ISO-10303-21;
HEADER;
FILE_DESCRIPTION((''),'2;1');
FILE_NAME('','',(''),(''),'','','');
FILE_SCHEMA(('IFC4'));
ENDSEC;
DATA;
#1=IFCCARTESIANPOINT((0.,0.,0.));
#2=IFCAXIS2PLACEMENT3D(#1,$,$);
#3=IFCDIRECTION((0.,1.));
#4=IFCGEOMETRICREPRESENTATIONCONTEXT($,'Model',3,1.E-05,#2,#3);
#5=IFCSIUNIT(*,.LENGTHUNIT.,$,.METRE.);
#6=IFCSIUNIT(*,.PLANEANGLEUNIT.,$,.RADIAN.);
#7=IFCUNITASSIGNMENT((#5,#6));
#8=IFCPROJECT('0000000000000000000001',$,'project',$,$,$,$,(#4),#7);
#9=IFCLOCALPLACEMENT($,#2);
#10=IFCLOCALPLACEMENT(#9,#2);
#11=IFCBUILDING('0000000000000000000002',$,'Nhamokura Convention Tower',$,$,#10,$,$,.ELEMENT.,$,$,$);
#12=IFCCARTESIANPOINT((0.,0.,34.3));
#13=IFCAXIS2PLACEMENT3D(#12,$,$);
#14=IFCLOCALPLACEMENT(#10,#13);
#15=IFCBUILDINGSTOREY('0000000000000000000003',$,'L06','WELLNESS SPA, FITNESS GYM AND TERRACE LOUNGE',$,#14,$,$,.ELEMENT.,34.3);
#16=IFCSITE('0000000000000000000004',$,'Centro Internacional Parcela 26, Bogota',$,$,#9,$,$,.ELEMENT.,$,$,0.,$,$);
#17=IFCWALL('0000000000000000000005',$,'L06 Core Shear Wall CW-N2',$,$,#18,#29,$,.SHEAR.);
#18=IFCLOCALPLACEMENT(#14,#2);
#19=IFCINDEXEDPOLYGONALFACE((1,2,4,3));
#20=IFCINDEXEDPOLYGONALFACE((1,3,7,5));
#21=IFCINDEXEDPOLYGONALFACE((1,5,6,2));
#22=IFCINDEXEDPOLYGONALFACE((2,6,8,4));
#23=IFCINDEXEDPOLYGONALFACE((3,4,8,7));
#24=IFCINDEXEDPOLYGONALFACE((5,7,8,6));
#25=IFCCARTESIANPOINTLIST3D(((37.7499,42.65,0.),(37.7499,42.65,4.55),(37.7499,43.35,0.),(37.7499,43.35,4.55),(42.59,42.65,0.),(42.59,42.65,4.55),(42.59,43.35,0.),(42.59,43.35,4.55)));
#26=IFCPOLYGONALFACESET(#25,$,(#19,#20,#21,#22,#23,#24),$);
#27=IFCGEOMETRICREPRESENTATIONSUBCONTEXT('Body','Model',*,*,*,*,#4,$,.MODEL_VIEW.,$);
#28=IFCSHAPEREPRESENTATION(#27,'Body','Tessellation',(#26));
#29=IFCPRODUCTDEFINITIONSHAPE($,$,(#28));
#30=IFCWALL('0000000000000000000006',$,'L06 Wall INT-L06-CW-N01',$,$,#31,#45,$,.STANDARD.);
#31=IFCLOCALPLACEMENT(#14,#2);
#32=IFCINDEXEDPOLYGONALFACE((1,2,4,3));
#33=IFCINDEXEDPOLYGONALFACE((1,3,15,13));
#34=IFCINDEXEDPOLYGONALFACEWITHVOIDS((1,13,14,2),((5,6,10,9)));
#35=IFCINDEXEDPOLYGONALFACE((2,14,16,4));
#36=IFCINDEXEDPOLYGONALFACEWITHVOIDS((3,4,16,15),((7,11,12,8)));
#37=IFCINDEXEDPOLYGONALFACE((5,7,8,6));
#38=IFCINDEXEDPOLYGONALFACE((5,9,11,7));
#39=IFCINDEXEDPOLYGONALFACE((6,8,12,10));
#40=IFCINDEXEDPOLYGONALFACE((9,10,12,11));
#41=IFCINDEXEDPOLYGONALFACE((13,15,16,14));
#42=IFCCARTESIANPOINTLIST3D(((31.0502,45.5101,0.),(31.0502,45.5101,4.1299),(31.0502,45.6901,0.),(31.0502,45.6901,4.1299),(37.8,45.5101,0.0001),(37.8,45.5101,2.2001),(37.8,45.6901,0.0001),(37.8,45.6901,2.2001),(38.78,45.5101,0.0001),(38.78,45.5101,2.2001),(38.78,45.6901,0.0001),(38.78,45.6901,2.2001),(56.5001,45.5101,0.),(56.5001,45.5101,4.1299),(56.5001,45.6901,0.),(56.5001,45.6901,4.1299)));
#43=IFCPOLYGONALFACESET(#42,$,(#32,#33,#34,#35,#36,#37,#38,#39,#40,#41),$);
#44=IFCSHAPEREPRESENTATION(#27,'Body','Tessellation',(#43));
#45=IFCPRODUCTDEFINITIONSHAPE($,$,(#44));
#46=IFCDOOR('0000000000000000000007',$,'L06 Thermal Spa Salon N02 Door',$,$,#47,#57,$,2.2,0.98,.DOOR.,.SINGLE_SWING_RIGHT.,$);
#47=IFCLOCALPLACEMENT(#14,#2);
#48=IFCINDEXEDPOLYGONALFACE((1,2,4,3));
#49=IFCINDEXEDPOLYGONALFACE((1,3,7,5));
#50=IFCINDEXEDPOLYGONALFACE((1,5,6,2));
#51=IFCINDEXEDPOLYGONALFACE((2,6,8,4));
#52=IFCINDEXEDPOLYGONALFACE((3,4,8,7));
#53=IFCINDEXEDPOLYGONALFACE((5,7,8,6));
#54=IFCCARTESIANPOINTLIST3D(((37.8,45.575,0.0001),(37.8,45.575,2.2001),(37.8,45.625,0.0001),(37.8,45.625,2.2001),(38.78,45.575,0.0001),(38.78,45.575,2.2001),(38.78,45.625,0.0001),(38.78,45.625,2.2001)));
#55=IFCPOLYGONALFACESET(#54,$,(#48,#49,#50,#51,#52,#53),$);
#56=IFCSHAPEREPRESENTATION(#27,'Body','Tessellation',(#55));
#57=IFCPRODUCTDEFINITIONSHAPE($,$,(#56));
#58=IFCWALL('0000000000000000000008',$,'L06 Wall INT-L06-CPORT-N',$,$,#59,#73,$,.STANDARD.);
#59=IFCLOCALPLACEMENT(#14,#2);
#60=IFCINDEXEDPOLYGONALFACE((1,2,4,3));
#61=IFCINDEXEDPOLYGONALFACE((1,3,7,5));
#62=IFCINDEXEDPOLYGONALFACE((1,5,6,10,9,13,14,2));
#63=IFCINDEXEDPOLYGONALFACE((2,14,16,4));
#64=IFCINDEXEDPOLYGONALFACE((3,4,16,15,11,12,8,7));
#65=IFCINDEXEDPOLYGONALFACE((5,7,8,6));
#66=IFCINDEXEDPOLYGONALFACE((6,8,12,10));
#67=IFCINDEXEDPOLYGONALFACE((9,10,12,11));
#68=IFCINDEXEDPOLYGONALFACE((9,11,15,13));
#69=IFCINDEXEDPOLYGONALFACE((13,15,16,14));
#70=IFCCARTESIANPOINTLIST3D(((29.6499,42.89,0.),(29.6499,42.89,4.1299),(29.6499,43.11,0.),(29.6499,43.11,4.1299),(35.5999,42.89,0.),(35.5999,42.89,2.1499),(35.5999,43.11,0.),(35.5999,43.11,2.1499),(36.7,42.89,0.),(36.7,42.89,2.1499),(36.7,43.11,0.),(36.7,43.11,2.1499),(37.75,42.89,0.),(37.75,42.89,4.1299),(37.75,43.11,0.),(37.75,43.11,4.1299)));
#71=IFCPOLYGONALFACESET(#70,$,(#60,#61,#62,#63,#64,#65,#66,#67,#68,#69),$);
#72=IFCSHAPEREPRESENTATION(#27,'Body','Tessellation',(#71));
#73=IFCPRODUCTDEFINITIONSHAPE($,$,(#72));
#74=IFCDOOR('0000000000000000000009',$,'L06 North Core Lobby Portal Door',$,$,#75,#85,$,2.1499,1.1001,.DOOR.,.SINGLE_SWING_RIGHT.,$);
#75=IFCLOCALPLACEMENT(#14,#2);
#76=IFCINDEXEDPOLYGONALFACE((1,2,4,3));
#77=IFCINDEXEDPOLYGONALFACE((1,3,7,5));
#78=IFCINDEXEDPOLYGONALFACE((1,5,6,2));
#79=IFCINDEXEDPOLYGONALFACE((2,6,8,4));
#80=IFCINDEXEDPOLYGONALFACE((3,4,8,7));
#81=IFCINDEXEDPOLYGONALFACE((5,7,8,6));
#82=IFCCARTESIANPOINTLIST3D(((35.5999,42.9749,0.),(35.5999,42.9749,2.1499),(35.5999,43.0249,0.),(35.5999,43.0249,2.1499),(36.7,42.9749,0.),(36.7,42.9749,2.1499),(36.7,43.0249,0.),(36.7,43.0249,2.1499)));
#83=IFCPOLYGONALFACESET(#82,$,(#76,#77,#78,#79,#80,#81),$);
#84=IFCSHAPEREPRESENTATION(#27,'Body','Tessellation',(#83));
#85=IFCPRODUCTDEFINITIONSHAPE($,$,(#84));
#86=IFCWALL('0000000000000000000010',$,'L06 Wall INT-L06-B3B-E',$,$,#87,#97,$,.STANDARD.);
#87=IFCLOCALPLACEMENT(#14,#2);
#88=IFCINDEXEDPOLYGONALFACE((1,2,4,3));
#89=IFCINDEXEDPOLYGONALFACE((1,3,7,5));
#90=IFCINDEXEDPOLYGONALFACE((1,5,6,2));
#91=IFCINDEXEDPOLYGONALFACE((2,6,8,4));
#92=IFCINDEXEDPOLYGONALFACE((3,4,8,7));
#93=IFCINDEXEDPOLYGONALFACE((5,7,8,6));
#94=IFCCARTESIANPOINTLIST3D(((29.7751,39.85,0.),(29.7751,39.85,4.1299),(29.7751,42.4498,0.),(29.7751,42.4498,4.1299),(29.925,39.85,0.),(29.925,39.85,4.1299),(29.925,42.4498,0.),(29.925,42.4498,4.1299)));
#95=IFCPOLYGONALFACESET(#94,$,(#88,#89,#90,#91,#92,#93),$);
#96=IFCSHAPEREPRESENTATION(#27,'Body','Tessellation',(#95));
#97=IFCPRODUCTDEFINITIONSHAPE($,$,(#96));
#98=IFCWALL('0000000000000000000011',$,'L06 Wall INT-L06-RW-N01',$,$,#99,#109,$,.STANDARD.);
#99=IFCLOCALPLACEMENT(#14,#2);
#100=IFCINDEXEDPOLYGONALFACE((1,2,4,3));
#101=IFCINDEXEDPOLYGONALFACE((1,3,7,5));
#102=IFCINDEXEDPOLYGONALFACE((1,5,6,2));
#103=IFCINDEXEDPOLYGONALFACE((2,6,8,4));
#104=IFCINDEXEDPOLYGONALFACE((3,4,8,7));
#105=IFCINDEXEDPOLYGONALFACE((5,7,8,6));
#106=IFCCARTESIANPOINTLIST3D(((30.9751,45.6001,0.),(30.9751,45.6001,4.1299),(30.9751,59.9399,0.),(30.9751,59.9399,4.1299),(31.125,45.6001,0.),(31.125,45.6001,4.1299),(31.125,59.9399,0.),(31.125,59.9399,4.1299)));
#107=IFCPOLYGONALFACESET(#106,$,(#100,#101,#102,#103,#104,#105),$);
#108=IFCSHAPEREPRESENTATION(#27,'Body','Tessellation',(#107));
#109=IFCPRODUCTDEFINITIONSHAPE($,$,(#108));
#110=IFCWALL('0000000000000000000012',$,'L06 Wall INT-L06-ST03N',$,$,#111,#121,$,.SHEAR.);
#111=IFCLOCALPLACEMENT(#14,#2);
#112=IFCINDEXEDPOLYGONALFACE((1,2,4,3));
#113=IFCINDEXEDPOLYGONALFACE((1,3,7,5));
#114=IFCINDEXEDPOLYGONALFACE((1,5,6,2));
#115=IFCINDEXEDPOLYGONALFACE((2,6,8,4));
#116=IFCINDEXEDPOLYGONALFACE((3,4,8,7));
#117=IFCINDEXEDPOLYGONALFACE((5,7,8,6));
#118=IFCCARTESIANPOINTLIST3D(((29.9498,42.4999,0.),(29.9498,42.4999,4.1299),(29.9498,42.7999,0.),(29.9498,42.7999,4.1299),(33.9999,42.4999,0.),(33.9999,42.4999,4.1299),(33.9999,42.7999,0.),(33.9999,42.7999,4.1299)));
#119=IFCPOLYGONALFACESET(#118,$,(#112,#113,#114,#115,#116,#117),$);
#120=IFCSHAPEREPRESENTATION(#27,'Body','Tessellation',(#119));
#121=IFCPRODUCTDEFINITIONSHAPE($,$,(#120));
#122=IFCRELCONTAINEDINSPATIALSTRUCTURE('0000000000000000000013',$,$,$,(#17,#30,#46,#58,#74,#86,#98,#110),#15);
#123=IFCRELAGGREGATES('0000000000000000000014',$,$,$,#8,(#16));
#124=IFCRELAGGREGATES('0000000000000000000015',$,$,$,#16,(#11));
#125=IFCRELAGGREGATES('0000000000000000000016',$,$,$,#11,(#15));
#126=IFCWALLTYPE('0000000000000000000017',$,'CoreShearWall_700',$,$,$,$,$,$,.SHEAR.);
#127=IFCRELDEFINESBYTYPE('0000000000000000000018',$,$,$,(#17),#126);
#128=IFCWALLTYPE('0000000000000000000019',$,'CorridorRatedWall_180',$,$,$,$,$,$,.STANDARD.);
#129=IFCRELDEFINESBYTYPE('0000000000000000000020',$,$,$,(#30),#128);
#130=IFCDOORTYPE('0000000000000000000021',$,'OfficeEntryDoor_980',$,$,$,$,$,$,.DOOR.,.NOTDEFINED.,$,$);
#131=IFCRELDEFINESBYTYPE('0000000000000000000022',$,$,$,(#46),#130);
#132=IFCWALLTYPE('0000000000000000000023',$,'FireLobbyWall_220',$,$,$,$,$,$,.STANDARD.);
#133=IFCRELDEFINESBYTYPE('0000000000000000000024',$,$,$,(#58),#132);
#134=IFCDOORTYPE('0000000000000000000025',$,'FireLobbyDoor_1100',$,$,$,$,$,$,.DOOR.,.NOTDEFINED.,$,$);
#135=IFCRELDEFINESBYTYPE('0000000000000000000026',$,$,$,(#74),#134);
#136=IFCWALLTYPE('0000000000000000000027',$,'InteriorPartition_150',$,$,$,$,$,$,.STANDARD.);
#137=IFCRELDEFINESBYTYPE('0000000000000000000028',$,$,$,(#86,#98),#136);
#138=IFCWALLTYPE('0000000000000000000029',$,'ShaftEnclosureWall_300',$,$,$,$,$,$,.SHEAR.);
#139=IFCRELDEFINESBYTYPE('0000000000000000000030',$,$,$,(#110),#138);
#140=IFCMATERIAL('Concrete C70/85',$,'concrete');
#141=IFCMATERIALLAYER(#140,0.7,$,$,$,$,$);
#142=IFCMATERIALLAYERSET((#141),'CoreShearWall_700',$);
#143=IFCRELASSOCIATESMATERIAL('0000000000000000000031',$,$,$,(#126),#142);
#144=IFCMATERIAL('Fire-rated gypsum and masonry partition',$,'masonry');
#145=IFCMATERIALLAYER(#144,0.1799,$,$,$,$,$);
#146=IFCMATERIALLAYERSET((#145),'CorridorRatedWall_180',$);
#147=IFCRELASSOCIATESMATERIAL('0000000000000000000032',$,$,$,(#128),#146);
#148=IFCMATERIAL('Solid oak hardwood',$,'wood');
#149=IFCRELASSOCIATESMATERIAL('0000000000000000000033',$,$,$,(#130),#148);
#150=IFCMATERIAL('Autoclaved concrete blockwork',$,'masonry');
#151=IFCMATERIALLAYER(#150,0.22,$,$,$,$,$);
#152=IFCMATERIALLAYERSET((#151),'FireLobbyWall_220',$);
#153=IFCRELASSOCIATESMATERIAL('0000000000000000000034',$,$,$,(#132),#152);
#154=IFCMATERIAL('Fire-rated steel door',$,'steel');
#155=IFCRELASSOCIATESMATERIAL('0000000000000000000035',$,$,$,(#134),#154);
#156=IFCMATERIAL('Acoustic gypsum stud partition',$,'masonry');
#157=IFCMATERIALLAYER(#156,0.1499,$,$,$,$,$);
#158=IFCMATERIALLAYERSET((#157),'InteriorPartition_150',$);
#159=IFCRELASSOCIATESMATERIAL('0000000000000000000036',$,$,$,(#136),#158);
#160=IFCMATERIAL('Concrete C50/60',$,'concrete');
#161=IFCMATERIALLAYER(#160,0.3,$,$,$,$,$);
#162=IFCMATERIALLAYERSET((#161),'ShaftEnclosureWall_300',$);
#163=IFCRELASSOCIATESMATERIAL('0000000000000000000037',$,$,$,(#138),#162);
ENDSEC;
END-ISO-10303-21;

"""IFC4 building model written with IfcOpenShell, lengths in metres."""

from ifc_helpers import new_model, si_unit, direction, frame, frame_2d, origin, place, context, subcontext, project, spatial, rectangle, extrude, material, layer, layer_set, type_object, element, fill, save


model = new_model("IFC4")

# Units and contexts
model_context = context("Model", 3, precision=1e-05, world=origin(), true_north=direction((0.0, 1.0)))
body_context = subcontext(model_context, "Body", "Model", "MODEL_VIEW")
ifc_project = project(units=[si_unit("LENGTHUNIT", "METRE"), si_unit("PLANEANGLEUNIT", "RADIAN")], contexts=[model_context])

# Site, building, storey
site_placement = place(None, origin())
site = spatial("IfcSite", under=ifc_project, at=site_placement, Name="Centro Internacional Parcela 26, Bogota", CompositionType="ELEMENT", RefElevation=0.0)
building_placement = place(site_placement, origin())
building = spatial("IfcBuilding", under=site, at=building_placement, Name="Nhamokura Convention Tower", CompositionType="ELEMENT")
storey_placement = place(building_placement, frame((0.0, 0.0, 34.3)))
storey = spatial("IfcBuildingStorey", under=building, at=storey_placement, Name="L06", Description="WELLNESS SPA, FITNESS GYM AND TERRACE LOUNGE", CompositionType="ELEMENT", Elevation=34.3)

# Wall
ifc_material_1 = material(Name="Concrete C70/85", Category="concrete")
ifc_layer_1 = layer(ifc_material_1, 0.7)
ifc_layer_set_1 = layer_set([ifc_layer_1], Name="CoreShearWall_700")
wall_type_1 = type_object("IfcWallType", Name="CoreShearWall_700", PredefinedType="SHEAR", material=ifc_layer_set_1)
wall_1_placement = place(storey_placement, frame((37.75, 43.0, 0.0), z_axis=(0.0, 0.0, 1.0), x_axis=(1.0, 0.0, 0.0)))
element("IfcWall", 1, at=wall_1_placement, inside=storey, type_object=wall_type_1, Name="L06 Core Shear Wall CW-N2", PredefinedType="SHEAR", context=body_context, shape_type="SweptSolid", body=[
    extrude(rectangle(XDim=4.8401, YDim=0.7, at=frame_2d((2.4199, 0.0))), origin(), (0.0, 0.0, 1.0), 4.55),
])

# Walls, openings, doors
ifc_material_2 = material(Name="Fire-rated gypsum and masonry partition", Category="masonry")
ifc_layer_2 = layer(ifc_material_2, 0.1799)
ifc_layer_set_2 = layer_set([ifc_layer_2], Name="CorridorRatedWall_180")
wall_type_2 = type_object("IfcWallType", Name="CorridorRatedWall_180", PredefinedType="STANDARD", material=ifc_layer_set_2)
wall_2_placement = place(storey_placement, frame((31.05, 45.6001, 0.0), z_axis=(0.0, 0.0, 1.0), x_axis=(1.0, 0.0, 0.0)))
wall_2 = element("IfcWall", 2, at=wall_2_placement, inside=storey, type_object=wall_type_2, Name="L06 Wall INT-L06-CW-N01", PredefinedType="STANDARD", context=body_context, shape_type="SweptSolid", body=[
    extrude(rectangle(XDim=25.45, YDim=0.1799, at=frame_2d((12.7251, 0.0))), origin(), (0.0, 0.0, 1.0), 4.1299),
])
opening_1_placement = place(wall_2_placement, frame((6.75, 0.0, 0.0)))
opening_1 = element("IfcOpeningElement", 3, at=opening_1_placement, cuts=wall_2, PredefinedType="OPENING", context=body_context, shape_type="SweptSolid", body=[
    extrude(rectangle(XDim=0.98, YDim=2.2, at=frame_2d((0.49, 1.1001))), frame((0.0, 0.0999, 0.0), z_axis=(0.0, -1.0, 0.0), x_axis=(1.0, 0.0, 0.0)), (0.0, 0.0, 1.0), 0.2),
])
ifc_material_3 = material(Name="Solid oak hardwood", Category="wood")
door_type_1 = type_object("IfcDoorType", Name="OfficeEntryDoor_980", OperationType="NOTDEFINED", PredefinedType="DOOR", material=ifc_material_3)
door_1_placement = place(opening_1_placement, origin())
door_1 = element("IfcDoor", 4, at=door_1_placement, inside=storey, type_object=door_type_1, Name="L06 Thermal Spa Salon N02 Door", OperationType="SINGLE_SWING_RIGHT", OverallHeight=2.2, OverallWidth=0.98, PredefinedType="DOOR", context=body_context, shape_type="SweptSolid", body=[
    extrude(rectangle(XDim=0.98, YDim=2.2, at=frame_2d((0.49, 1.1001))), frame((0.0, 0.0249, 0.0), z_axis=(0.0, -1.0, 0.0), x_axis=(1.0, 0.0, 0.0)), (0.0, 0.0, 1.0), 0.05),
])
fill(opening_1, door_1)
ifc_material_4 = material(Name="Autoclaved concrete blockwork", Category="masonry")
ifc_layer_3 = layer(ifc_material_4, 0.22)
ifc_layer_set_3 = layer_set([ifc_layer_3], Name="FireLobbyWall_220")
wall_type_3 = type_object("IfcWallType", Name="FireLobbyWall_220", PredefinedType="STANDARD", material=ifc_layer_set_3)
wall_3_placement = place(storey_placement, frame((29.6499, 43.0, 0.0), z_axis=(0.0, 0.0, 1.0), x_axis=(1.0, 0.0, 0.0)))
wall_3 = element("IfcWall", 5, at=wall_3_placement, inside=storey, type_object=wall_type_3, Name="L06 Wall INT-L06-CPORT-N", PredefinedType="STANDARD", context=body_context, shape_type="SweptSolid", body=[
    extrude(rectangle(XDim=8.1001, YDim=0.22, at=frame_2d((4.05, 0.0))), origin(), (0.0, 0.0, 1.0), 4.1299),
])
opening_2_placement = place(wall_3_placement, frame((5.95, 0.0, 0.0)))
opening_2 = element("IfcOpeningElement", 6, at=opening_2_placement, cuts=wall_3, PredefinedType="OPENING", context=body_context, shape_type="SweptSolid", body=[
    extrude(rectangle(XDim=1.1001, YDim=2.1499, at=frame_2d((0.55, 1.075))), frame((0.0, 0.1199, 0.0), z_axis=(0.0, -1.0, 0.0), x_axis=(1.0, 0.0, 0.0)), (0.0, 0.0, 1.0), 0.24),
])
ifc_material_5 = material(Name="Fire-rated steel door", Category="steel")
door_type_2 = type_object("IfcDoorType", Name="FireLobbyDoor_1100", OperationType="NOTDEFINED", PredefinedType="DOOR", material=ifc_material_5)
door_2_placement = place(opening_2_placement, origin())
door_2 = element("IfcDoor", 7, at=door_2_placement, inside=storey, type_object=door_type_2, Name="L06 North Core Lobby Portal Door", OperationType="SINGLE_SWING_RIGHT", OverallHeight=2.1499, OverallWidth=1.1001, PredefinedType="DOOR", context=body_context, shape_type="SweptSolid", body=[
    extrude(rectangle(XDim=1.1001, YDim=2.1499, at=frame_2d((0.55, 1.075))), frame((0.0, 0.0249, 0.0), z_axis=(0.0, -1.0, 0.0), x_axis=(1.0, 0.0, 0.0)), (0.0, 0.0, 1.0), 0.05),
])
fill(opening_2, door_2)

# Walls
ifc_material_6 = material(Name="Acoustic gypsum stud partition", Category="masonry")
ifc_layer_4 = layer(ifc_material_6, 0.1499)
ifc_layer_set_4 = layer_set([ifc_layer_4], Name="InteriorPartition_150")
wall_type_4 = type_object("IfcWallType", Name="InteriorPartition_150", PredefinedType="STANDARD", material=ifc_layer_set_4)
wall_4_placement = place(storey_placement, frame((29.8501, 39.8501, 0.0), z_axis=(0.0, 0.0, 1.0), x_axis=(0.0, 1.0, 0.0)))
element("IfcWall", 8, at=wall_4_placement, inside=storey, type_object=wall_type_4, Name="L06 Wall INT-L06-B3B-E", PredefinedType="STANDARD", context=body_context, shape_type="SweptSolid", body=[
    extrude(rectangle(XDim=2.5999, YDim=0.1499, at=frame_2d((1.2998, 0.0))), origin(), (0.0, 0.0, 1.0), 4.1299),
])
wall_5_placement = place(storey_placement, frame((31.05, 45.6001, 0.0), z_axis=(0.0, 0.0, 1.0), x_axis=(0.0, 1.0, 0.0)))
element("IfcWall", 9, at=wall_5_placement, inside=storey, type_object=wall_type_4, Name="L06 Wall INT-L06-RW-N01", PredefinedType="STANDARD", context=body_context, shape_type="SweptSolid", body=[
    extrude(rectangle(XDim=14.3398, YDim=0.1499, at=frame_2d((7.1699, 0.0))), origin(), (0.0, 0.0, 1.0), 4.1299),
])
ifc_material_7 = material(Name="Concrete C50/60", Category="concrete")
ifc_layer_5 = layer(ifc_material_7, 0.3)
ifc_layer_set_5 = layer_set([ifc_layer_5], Name="ShaftEnclosureWall_300")
wall_type_5 = type_object("IfcWallType", Name="ShaftEnclosureWall_300", PredefinedType="SHEAR", material=ifc_layer_set_5)
wall_6_placement = place(storey_placement, frame((29.95, 42.6499, 0.0), z_axis=(0.0, 0.0, 1.0), x_axis=(1.0, 0.0, 0.0)))
element("IfcWall", 10, at=wall_6_placement, inside=storey, type_object=wall_type_5, Name="L06 Wall INT-L06-ST03N", PredefinedType="SHEAR", context=body_context, shape_type="SweptSolid", body=[
    extrude(rectangle(XDim=4.05, YDim=0.3, at=frame_2d((2.0249, 0.0))), origin(), (0.0, 0.0, 1.0), 4.1299),
])

save(model, "model.ifc")
